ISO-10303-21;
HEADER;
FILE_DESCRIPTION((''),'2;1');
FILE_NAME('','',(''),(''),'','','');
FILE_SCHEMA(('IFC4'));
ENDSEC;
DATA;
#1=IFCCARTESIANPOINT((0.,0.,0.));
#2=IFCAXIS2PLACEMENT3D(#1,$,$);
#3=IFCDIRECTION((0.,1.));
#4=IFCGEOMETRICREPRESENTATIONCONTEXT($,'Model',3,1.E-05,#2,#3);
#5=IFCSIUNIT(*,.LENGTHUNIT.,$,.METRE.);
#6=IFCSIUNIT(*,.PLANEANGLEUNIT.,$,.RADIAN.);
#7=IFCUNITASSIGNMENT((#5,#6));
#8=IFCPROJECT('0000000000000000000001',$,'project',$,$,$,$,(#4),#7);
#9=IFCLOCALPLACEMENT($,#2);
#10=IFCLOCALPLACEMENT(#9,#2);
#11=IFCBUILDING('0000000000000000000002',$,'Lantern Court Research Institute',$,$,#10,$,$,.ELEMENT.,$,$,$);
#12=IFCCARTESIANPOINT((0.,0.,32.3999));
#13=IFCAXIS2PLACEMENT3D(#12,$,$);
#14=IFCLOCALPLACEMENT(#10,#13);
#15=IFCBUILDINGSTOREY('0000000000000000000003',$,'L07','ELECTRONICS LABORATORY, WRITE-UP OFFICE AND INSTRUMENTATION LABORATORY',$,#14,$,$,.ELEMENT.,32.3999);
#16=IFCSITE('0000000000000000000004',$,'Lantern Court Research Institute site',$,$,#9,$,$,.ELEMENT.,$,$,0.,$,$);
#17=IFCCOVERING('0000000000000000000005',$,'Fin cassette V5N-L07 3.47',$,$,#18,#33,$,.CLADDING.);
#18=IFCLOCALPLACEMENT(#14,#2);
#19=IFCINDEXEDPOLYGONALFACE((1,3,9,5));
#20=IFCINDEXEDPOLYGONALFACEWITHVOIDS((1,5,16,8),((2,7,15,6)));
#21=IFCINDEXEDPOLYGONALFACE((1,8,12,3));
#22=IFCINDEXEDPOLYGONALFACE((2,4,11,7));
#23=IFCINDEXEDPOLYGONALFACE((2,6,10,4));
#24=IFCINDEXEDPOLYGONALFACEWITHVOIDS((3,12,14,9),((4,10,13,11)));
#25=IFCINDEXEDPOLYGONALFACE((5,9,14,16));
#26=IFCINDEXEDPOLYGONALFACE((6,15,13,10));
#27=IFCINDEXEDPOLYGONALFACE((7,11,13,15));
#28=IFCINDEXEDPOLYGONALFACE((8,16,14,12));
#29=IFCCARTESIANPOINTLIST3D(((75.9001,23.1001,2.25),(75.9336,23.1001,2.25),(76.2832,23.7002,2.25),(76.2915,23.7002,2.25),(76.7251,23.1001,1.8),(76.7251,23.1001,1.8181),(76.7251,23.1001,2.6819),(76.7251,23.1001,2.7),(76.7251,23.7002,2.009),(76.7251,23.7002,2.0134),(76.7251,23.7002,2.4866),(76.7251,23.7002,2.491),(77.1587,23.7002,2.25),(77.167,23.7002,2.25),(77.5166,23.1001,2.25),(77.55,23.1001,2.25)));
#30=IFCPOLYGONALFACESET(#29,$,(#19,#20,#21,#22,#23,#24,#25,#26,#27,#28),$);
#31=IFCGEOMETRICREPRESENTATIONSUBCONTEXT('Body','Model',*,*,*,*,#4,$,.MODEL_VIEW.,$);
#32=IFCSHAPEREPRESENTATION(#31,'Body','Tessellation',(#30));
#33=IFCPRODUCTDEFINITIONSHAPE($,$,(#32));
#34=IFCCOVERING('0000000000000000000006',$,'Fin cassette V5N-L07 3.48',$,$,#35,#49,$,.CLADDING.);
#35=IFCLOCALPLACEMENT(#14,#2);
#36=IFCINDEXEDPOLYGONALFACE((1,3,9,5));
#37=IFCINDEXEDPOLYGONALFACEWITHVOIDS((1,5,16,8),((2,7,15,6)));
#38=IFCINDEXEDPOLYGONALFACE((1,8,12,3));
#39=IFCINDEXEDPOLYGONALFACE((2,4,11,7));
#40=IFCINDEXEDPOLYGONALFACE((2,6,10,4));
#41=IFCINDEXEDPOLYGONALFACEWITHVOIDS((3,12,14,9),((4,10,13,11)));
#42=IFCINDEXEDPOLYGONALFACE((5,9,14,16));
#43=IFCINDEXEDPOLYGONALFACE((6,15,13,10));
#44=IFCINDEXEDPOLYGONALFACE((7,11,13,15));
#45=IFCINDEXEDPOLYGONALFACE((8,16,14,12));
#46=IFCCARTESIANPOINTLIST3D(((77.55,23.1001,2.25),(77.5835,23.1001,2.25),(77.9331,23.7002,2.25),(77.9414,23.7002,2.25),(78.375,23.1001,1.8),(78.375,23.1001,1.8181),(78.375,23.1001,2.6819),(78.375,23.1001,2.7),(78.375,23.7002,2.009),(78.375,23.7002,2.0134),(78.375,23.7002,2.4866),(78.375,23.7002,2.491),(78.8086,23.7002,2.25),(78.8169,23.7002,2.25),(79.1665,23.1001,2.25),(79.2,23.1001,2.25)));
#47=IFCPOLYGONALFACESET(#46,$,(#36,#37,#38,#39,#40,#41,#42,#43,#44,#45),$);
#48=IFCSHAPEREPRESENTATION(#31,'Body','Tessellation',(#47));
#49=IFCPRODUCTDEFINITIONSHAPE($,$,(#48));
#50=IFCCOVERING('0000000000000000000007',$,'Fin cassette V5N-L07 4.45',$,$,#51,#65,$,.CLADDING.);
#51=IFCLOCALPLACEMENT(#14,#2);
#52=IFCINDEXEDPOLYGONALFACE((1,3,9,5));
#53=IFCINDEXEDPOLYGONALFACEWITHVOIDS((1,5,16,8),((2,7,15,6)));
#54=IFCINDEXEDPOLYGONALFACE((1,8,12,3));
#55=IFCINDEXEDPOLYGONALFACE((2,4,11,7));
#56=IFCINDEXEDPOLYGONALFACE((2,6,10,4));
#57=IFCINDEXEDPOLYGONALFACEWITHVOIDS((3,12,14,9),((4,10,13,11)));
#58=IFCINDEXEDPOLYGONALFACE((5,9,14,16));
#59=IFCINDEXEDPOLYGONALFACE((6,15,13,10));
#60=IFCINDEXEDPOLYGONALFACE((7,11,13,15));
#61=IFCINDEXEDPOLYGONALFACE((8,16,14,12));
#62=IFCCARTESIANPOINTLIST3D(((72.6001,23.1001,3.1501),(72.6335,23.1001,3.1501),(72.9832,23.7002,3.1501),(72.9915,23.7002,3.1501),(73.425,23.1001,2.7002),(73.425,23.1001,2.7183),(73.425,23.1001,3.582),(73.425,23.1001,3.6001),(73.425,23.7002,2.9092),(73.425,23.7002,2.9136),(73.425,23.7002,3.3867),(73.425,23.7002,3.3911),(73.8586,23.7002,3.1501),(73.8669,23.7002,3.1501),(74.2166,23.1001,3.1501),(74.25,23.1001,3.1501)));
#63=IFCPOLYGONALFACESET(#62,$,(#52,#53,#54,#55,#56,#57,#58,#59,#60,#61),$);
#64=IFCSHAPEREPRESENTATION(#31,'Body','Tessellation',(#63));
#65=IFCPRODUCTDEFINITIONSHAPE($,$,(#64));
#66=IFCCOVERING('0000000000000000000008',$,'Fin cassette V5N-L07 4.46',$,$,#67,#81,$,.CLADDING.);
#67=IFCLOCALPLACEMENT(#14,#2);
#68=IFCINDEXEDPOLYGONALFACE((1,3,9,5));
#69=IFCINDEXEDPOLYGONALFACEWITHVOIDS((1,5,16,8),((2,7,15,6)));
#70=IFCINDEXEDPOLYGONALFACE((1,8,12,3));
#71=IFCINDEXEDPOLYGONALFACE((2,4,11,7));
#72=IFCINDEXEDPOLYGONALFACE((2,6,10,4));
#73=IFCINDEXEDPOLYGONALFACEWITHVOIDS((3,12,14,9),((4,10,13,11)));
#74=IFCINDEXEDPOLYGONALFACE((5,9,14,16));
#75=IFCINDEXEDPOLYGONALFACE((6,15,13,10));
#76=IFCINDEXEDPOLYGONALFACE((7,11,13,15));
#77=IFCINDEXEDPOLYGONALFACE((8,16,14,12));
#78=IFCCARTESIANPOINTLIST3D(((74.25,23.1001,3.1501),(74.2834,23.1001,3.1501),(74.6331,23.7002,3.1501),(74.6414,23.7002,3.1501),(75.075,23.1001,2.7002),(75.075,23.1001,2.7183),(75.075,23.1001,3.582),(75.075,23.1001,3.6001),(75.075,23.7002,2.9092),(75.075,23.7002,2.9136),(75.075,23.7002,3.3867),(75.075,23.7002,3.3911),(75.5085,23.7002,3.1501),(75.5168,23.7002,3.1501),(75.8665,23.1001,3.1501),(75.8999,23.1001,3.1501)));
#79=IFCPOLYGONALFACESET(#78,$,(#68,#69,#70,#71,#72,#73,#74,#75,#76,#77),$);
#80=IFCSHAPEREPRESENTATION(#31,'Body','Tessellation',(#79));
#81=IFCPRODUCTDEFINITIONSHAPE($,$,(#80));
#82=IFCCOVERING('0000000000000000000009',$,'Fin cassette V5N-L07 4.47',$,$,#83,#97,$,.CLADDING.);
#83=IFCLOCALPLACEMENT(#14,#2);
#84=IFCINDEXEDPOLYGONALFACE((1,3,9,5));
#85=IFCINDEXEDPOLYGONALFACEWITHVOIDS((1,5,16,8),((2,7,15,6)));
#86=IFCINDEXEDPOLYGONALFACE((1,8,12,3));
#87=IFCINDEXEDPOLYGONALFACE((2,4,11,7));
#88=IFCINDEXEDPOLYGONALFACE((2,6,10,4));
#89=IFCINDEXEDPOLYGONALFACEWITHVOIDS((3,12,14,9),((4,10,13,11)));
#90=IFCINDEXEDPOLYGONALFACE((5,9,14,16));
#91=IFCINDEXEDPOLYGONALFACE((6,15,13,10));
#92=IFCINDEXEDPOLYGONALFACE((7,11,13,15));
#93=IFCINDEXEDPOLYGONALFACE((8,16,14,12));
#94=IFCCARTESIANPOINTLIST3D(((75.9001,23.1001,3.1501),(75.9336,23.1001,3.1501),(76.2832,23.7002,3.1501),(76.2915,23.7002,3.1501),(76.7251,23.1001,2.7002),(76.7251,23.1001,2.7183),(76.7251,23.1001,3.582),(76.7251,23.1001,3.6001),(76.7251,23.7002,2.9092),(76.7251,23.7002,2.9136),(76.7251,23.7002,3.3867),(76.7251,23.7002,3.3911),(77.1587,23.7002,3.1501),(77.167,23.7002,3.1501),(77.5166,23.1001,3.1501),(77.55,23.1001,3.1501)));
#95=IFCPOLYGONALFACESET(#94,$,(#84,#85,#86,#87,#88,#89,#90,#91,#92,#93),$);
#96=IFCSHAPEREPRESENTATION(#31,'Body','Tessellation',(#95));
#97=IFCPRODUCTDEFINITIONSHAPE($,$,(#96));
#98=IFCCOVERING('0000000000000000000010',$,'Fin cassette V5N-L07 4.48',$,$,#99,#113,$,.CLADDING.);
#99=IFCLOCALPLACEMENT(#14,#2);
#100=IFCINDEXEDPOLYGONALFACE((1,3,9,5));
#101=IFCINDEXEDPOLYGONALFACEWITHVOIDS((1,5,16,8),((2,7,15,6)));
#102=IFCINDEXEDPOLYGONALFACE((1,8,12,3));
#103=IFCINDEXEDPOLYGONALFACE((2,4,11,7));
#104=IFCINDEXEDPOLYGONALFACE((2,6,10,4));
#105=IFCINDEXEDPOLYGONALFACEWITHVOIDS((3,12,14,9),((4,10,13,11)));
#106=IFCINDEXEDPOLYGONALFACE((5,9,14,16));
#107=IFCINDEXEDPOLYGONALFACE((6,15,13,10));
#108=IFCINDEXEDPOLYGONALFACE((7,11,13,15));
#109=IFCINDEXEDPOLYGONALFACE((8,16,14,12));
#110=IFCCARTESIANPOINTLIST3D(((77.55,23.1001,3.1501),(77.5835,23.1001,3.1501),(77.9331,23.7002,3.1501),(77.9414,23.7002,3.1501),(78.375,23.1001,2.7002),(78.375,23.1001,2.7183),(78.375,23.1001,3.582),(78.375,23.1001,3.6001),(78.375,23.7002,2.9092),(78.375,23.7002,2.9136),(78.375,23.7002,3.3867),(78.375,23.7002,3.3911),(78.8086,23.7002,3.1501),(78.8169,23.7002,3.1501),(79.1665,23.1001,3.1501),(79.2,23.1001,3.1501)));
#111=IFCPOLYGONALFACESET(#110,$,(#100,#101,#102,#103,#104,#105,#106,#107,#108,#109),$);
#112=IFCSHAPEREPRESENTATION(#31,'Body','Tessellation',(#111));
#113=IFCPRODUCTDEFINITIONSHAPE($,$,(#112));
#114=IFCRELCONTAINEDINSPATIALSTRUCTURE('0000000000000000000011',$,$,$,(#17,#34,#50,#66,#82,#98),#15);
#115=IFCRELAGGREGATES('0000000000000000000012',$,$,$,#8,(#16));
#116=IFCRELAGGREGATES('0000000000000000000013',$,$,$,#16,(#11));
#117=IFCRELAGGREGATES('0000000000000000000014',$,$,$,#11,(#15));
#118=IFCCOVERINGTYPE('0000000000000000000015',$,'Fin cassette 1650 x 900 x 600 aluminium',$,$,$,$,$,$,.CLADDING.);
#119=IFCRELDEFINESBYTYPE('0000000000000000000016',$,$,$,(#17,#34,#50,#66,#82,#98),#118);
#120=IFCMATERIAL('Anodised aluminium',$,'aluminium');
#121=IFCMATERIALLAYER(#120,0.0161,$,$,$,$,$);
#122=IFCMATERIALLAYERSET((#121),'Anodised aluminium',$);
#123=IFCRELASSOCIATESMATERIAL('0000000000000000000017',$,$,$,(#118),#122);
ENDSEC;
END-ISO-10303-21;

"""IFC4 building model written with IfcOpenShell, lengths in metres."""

from ifc_helpers import new_model, entity, si_unit, direction, frame, origin, place, context, subcontext, project, spatial, material, layer, layer_set, type_object, element, save


model = new_model("IFC4")

# Units and contexts
model_context = context("Model", 3, precision=1e-05, world=origin(), true_north=direction((0.0, 1.0)))
body_context = subcontext(model_context, "Body", "Model", "MODEL_VIEW")
ifc_project = project(units=[si_unit("LENGTHUNIT", "METRE"), si_unit("PLANEANGLEUNIT", "RADIAN")], contexts=[model_context])

# Site, building, storey
site_placement = place(None, origin())
site = spatial("IfcSite", under=ifc_project, at=site_placement, Name="Lantern Court Research Institute site", CompositionType="ELEMENT", RefElevation=0.0)
building_placement = place(site_placement, origin())
building = spatial("IfcBuilding", under=site, at=building_placement, Name="Lantern Court Research Institute", CompositionType="ELEMENT")
storey_placement = place(building_placement, frame((0.0, 0.0, 32.3999)))
storey = spatial("IfcBuildingStorey", under=building, at=storey_placement, Name="L07", Description="ELECTRONICS LABORATORY, WRITE-UP OFFICE AND INSTRUMENTATION LABORATORY", CompositionType="ELEMENT", Elevation=32.3999)

# Coverings
ifc_material = material(Name="Anodised aluminium", Category="aluminium")
ifc_layer = layer(ifc_material, 0.0161)
ifc_layer_set = layer_set([ifc_layer], Name="Anodised aluminium")
covering_type = type_object("IfcCoveringType", Name="Fin cassette 1650 x 900 x 600 aluminium", PredefinedType="CLADDING", material=ifc_layer_set)
covering_1_placement = place(storey_placement, frame((76.7251, 23.1001, 2.25), z_axis=(0.0, 1.0, 0.0), x_axis=(-1.0, 0.0, 0.0)))
cartesian_point_1 = entity("IfcCartesianPoint", [0.825, 0.0])
cartesian_point_2 = entity("IfcCartesianPoint", [0.7915, 0.0])
cartesian_point_3 = entity("IfcCartesianPoint", [0.4419, 0.0])
cartesian_point_4 = entity("IfcCartesianPoint", [0.4336, 0.0])
element("IfcCovering", 1, at=covering_1_placement, inside=storey, type_object=covering_type, Name="Fin cassette V5N-L07 3.47", PredefinedType="CLADDING", context=body_context, shape_type="SweptSolid", body=[
    entity("IfcExtrudedAreaSolidTapered", entity("IfcArbitraryProfileDefWithVoids", "AREA", None, entity("IfcPolyline", [cartesian_point_1, entity("IfcCartesianPoint", [0.0, 0.45]), entity("IfcCartesianPoint", [-0.825, 0.0]), entity("IfcCartesianPoint", [0.0, -0.45]), cartesian_point_1]), [entity("IfcPolyline", [cartesian_point_2, entity("IfcCartesianPoint", [0.0, 0.4319]), entity("IfcCartesianPoint", [-0.7915, 0.0]), entity("IfcCartesianPoint", [0.0, -0.4319]), cartesian_point_2])]), entity("IfcAxis2Placement3D", entity("IfcCartesianPoint", [0.0, 0.0, 0.0])), entity("IfcDirection", [0.0, 0.0, 1.0]), 0.6001, entity("IfcArbitraryProfileDefWithVoids", "AREA", None, entity("IfcPolyline", [cartesian_point_3, entity("IfcCartesianPoint", [0.0, 0.241]), entity("IfcCartesianPoint", [-0.4419, 0.0]), entity("IfcCartesianPoint", [0.0, -0.241]), cartesian_point_3]), [entity("IfcPolyline", [cartesian_point_4, entity("IfcCartesianPoint", [0.0, 0.2366]), entity("IfcCartesianPoint", [-0.4336, 0.0]), entity("IfcCartesianPoint", [0.0, -0.2366]), cartesian_point_4])])),
])
covering_2_placement = place(storey_placement, frame((78.375, 23.1001, 2.25), z_axis=(0.0, 1.0, 0.0), x_axis=(-1.0, 0.0, 0.0)))
cartesian_point_5 = entity("IfcCartesianPoint", [0.825, 0.0])
cartesian_point_6 = entity("IfcCartesianPoint", [0.7915, 0.0])
cartesian_point_7 = entity("IfcCartesianPoint", [0.4419, 0.0])
cartesian_point_8 = entity("IfcCartesianPoint", [0.4336, 0.0])
element("IfcCovering", 2, at=covering_2_placement, inside=storey, type_object=covering_type, Name="Fin cassette V5N-L07 3.48", PredefinedType="CLADDING", context=body_context, shape_type="SweptSolid", body=[
    entity("IfcExtrudedAreaSolidTapered", entity("IfcArbitraryProfileDefWithVoids", "AREA", None, entity("IfcPolyline", [cartesian_point_5, entity("IfcCartesianPoint", [0.0, 0.45]), entity("IfcCartesianPoint", [-0.825, 0.0]), entity("IfcCartesianPoint", [0.0, -0.45]), cartesian_point_5]), [entity("IfcPolyline", [cartesian_point_6, entity("IfcCartesianPoint", [0.0, 0.4319]), entity("IfcCartesianPoint", [-0.7915, 0.0]), entity("IfcCartesianPoint", [0.0, -0.4319]), cartesian_point_6])]), entity("IfcAxis2Placement3D", entity("IfcCartesianPoint", [0.0, 0.0, 0.0])), entity("IfcDirection", [0.0, 0.0, 1.0]), 0.6001, entity("IfcArbitraryProfileDefWithVoids", "AREA", None, entity("IfcPolyline", [cartesian_point_7, entity("IfcCartesianPoint", [0.0, 0.241]), entity("IfcCartesianPoint", [-0.4419, 0.0]), entity("IfcCartesianPoint", [0.0, -0.241]), cartesian_point_7]), [entity("IfcPolyline", [cartesian_point_8, entity("IfcCartesianPoint", [0.0, 0.2366]), entity("IfcCartesianPoint", [-0.4336, 0.0]), entity("IfcCartesianPoint", [0.0, -0.2366]), cartesian_point_8])])),
])
covering_3_placement = place(storey_placement, frame((73.425, 23.1001, 3.1501), z_axis=(0.0, 1.0, 0.0), x_axis=(-1.0, 0.0, 0.0)))
cartesian_point_9 = entity("IfcCartesianPoint", [0.825, 0.0])
cartesian_point_10 = entity("IfcCartesianPoint", [0.7915, 0.0])
cartesian_point_11 = entity("IfcCartesianPoint", [0.4419, 0.0])
cartesian_point_12 = entity("IfcCartesianPoint", [0.4336, 0.0])
element("IfcCovering", 3, at=covering_3_placement, inside=storey, type_object=covering_type, Name="Fin cassette V5N-L07 4.45", PredefinedType="CLADDING", context=body_context, shape_type="SweptSolid", body=[
    entity("IfcExtrudedAreaSolidTapered", entity("IfcArbitraryProfileDefWithVoids", "AREA", None, entity("IfcPolyline", [cartesian_point_9, entity("IfcCartesianPoint", [0.0, 0.45]), entity("IfcCartesianPoint", [-0.825, 0.0]), entity("IfcCartesianPoint", [0.0, -0.45]), cartesian_point_9]), [entity("IfcPolyline", [cartesian_point_10, entity("IfcCartesianPoint", [0.0, 0.4319]), entity("IfcCartesianPoint", [-0.7915, 0.0]), entity("IfcCartesianPoint", [0.0, -0.4319]), cartesian_point_10])]), entity("IfcAxis2Placement3D", entity("IfcCartesianPoint", [0.0, 0.0, 0.0])), entity("IfcDirection", [0.0, 0.0, 1.0]), 0.6001, entity("IfcArbitraryProfileDefWithVoids", "AREA", None, entity("IfcPolyline", [cartesian_point_11, entity("IfcCartesianPoint", [0.0, 0.241]), entity("IfcCartesianPoint", [-0.4419, 0.0]), entity("IfcCartesianPoint", [0.0, -0.241]), cartesian_point_11]), [entity("IfcPolyline", [cartesian_point_12, entity("IfcCartesianPoint", [0.0, 0.2366]), entity("IfcCartesianPoint", [-0.4336, 0.0]), entity("IfcCartesianPoint", [0.0, -0.2366]), cartesian_point_12])])),
])
covering_4_placement = place(storey_placement, frame((75.075, 23.1001, 3.1501), z_axis=(0.0, 1.0, 0.0), x_axis=(-1.0, 0.0, 0.0)))
cartesian_point_13 = entity("IfcCartesianPoint", [0.825, 0.0])
cartesian_point_14 = entity("IfcCartesianPoint", [0.7915, 0.0])
cartesian_point_15 = entity("IfcCartesianPoint", [0.4419, 0.0])
cartesian_point_16 = entity("IfcCartesianPoint", [0.4336, 0.0])
element("IfcCovering", 4, at=covering_4_placement, inside=storey, type_object=covering_type, Name="Fin cassette V5N-L07 4.46", PredefinedType="CLADDING", context=body_context, shape_type="SweptSolid", body=[
    entity("IfcExtrudedAreaSolidTapered", entity("IfcArbitraryProfileDefWithVoids", "AREA", None, entity("IfcPolyline", [cartesian_point_13, entity("IfcCartesianPoint", [0.0, 0.45]), entity("IfcCartesianPoint", [-0.825, 0.0]), entity("IfcCartesianPoint", [0.0, -0.45]), cartesian_point_13]), [entity("IfcPolyline", [cartesian_point_14, entity("IfcCartesianPoint", [0.0, 0.4319]), entity("IfcCartesianPoint", [-0.7915, 0.0]), entity("IfcCartesianPoint", [0.0, -0.4319]), cartesian_point_14])]), entity("IfcAxis2Placement3D", entity("IfcCartesianPoint", [0.0, 0.0, 0.0])), entity("IfcDirection", [0.0, 0.0, 1.0]), 0.6001, entity("IfcArbitraryProfileDefWithVoids", "AREA", None, entity("IfcPolyline", [cartesian_point_15, entity("IfcCartesianPoint", [0.0, 0.241]), entity("IfcCartesianPoint", [-0.4419, 0.0]), entity("IfcCartesianPoint", [0.0, -0.241]), cartesian_point_15]), [entity("IfcPolyline", [cartesian_point_16, entity("IfcCartesianPoint", [0.0, 0.2366]), entity("IfcCartesianPoint", [-0.4336, 0.0]), entity("IfcCartesianPoint", [0.0, -0.2366]), cartesian_point_16])])),
])
covering_5_placement = place(storey_placement, frame((76.7251, 23.1001, 3.1501), z_axis=(0.0, 1.0, 0.0), x_axis=(-1.0, 0.0, 0.0)))
cartesian_point_17 = entity("IfcCartesianPoint", [0.825, 0.0])
cartesian_point_18 = entity("IfcCartesianPoint", [0.7915, 0.0])
cartesian_point_19 = entity("IfcCartesianPoint", [0.4419, 0.0])
cartesian_point_20 = entity("IfcCartesianPoint", [0.4336, 0.0])
element("IfcCovering", 5, at=covering_5_placement, inside=storey, type_object=covering_type, Name="Fin cassette V5N-L07 4.47", PredefinedType="CLADDING", context=body_context, shape_type="SweptSolid", body=[
    entity("IfcExtrudedAreaSolidTapered", entity("IfcArbitraryProfileDefWithVoids", "AREA", None, entity("IfcPolyline", [cartesian_point_17, entity("IfcCartesianPoint", [0.0, 0.45]), entity("IfcCartesianPoint", [-0.825, 0.0]), entity("IfcCartesianPoint", [0.0, -0.45]), cartesian_point_17]), [entity("IfcPolyline", [cartesian_point_18, entity("IfcCartesianPoint", [0.0, 0.4319]), entity("IfcCartesianPoint", [-0.7915, 0.0]), entity("IfcCartesianPoint", [0.0, -0.4319]), cartesian_point_18])]), entity("IfcAxis2Placement3D", entity("IfcCartesianPoint", [0.0, 0.0, 0.0])), entity("IfcDirection", [0.0, 0.0, 1.0]), 0.6001, entity("IfcArbitraryProfileDefWithVoids", "AREA", None, entity("IfcPolyline", [cartesian_point_19, entity("IfcCartesianPoint", [0.0, 0.241]), entity("IfcCartesianPoint", [-0.4419, 0.0]), entity("IfcCartesianPoint", [0.0, -0.241]), cartesian_point_19]), [entity("IfcPolyline", [cartesian_point_20, entity("IfcCartesianPoint", [0.0, 0.2366]), entity("IfcCartesianPoint", [-0.4336, 0.0]), entity("IfcCartesianPoint", [0.0, -0.2366]), cartesian_point_20])])),
])
covering_6_placement = place(storey_placement, frame((78.375, 23.1001, 3.1501), z_axis=(0.0, 1.0, 0.0), x_axis=(-1.0, 0.0, 0.0)))
cartesian_point_21 = entity("IfcCartesianPoint", [0.825, 0.0])
cartesian_point_22 = entity("IfcCartesianPoint", [0.7915, 0.0])
cartesian_point_23 = entity("IfcCartesianPoint", [0.4419, 0.0])
cartesian_point_24 = entity("IfcCartesianPoint", [0.4336, 0.0])
element("IfcCovering", 6, at=covering_6_placement, inside=storey, type_object=covering_type, Name="Fin cassette V5N-L07 4.48", PredefinedType="CLADDING", context=body_context, shape_type="SweptSolid", body=[
    entity("IfcExtrudedAreaSolidTapered", entity("IfcArbitraryProfileDefWithVoids", "AREA", None, entity("IfcPolyline", [cartesian_point_21, entity("IfcCartesianPoint", [0.0, 0.45]), entity("IfcCartesianPoint", [-0.825, 0.0]), entity("IfcCartesianPoint", [0.0, -0.45]), cartesian_point_21]), [entity("IfcPolyline", [cartesian_point_22, entity("IfcCartesianPoint", [0.0, 0.4319]), entity("IfcCartesianPoint", [-0.7915, 0.0]), entity("IfcCartesianPoint", [0.0, -0.4319]), cartesian_point_22])]), entity("IfcAxis2Placement3D", entity("IfcCartesianPoint", [0.0, 0.0, 0.0])), entity("IfcDirection", [0.0, 0.0, 1.0]), 0.6001, entity("IfcArbitraryProfileDefWithVoids", "AREA", None, entity("IfcPolyline", [cartesian_point_23, entity("IfcCartesianPoint", [0.0, 0.241]), entity("IfcCartesianPoint", [-0.4419, 0.0]), entity("IfcCartesianPoint", [0.0, -0.241]), cartesian_point_23]), [entity("IfcPolyline", [cartesian_point_24, entity("IfcCartesianPoint", [0.0, 0.2366]), entity("IfcCartesianPoint", [-0.4336, 0.0]), entity("IfcCartesianPoint", [0.0, -0.2366]), cartesian_point_24])])),
])

save(model, "model.ifc")
